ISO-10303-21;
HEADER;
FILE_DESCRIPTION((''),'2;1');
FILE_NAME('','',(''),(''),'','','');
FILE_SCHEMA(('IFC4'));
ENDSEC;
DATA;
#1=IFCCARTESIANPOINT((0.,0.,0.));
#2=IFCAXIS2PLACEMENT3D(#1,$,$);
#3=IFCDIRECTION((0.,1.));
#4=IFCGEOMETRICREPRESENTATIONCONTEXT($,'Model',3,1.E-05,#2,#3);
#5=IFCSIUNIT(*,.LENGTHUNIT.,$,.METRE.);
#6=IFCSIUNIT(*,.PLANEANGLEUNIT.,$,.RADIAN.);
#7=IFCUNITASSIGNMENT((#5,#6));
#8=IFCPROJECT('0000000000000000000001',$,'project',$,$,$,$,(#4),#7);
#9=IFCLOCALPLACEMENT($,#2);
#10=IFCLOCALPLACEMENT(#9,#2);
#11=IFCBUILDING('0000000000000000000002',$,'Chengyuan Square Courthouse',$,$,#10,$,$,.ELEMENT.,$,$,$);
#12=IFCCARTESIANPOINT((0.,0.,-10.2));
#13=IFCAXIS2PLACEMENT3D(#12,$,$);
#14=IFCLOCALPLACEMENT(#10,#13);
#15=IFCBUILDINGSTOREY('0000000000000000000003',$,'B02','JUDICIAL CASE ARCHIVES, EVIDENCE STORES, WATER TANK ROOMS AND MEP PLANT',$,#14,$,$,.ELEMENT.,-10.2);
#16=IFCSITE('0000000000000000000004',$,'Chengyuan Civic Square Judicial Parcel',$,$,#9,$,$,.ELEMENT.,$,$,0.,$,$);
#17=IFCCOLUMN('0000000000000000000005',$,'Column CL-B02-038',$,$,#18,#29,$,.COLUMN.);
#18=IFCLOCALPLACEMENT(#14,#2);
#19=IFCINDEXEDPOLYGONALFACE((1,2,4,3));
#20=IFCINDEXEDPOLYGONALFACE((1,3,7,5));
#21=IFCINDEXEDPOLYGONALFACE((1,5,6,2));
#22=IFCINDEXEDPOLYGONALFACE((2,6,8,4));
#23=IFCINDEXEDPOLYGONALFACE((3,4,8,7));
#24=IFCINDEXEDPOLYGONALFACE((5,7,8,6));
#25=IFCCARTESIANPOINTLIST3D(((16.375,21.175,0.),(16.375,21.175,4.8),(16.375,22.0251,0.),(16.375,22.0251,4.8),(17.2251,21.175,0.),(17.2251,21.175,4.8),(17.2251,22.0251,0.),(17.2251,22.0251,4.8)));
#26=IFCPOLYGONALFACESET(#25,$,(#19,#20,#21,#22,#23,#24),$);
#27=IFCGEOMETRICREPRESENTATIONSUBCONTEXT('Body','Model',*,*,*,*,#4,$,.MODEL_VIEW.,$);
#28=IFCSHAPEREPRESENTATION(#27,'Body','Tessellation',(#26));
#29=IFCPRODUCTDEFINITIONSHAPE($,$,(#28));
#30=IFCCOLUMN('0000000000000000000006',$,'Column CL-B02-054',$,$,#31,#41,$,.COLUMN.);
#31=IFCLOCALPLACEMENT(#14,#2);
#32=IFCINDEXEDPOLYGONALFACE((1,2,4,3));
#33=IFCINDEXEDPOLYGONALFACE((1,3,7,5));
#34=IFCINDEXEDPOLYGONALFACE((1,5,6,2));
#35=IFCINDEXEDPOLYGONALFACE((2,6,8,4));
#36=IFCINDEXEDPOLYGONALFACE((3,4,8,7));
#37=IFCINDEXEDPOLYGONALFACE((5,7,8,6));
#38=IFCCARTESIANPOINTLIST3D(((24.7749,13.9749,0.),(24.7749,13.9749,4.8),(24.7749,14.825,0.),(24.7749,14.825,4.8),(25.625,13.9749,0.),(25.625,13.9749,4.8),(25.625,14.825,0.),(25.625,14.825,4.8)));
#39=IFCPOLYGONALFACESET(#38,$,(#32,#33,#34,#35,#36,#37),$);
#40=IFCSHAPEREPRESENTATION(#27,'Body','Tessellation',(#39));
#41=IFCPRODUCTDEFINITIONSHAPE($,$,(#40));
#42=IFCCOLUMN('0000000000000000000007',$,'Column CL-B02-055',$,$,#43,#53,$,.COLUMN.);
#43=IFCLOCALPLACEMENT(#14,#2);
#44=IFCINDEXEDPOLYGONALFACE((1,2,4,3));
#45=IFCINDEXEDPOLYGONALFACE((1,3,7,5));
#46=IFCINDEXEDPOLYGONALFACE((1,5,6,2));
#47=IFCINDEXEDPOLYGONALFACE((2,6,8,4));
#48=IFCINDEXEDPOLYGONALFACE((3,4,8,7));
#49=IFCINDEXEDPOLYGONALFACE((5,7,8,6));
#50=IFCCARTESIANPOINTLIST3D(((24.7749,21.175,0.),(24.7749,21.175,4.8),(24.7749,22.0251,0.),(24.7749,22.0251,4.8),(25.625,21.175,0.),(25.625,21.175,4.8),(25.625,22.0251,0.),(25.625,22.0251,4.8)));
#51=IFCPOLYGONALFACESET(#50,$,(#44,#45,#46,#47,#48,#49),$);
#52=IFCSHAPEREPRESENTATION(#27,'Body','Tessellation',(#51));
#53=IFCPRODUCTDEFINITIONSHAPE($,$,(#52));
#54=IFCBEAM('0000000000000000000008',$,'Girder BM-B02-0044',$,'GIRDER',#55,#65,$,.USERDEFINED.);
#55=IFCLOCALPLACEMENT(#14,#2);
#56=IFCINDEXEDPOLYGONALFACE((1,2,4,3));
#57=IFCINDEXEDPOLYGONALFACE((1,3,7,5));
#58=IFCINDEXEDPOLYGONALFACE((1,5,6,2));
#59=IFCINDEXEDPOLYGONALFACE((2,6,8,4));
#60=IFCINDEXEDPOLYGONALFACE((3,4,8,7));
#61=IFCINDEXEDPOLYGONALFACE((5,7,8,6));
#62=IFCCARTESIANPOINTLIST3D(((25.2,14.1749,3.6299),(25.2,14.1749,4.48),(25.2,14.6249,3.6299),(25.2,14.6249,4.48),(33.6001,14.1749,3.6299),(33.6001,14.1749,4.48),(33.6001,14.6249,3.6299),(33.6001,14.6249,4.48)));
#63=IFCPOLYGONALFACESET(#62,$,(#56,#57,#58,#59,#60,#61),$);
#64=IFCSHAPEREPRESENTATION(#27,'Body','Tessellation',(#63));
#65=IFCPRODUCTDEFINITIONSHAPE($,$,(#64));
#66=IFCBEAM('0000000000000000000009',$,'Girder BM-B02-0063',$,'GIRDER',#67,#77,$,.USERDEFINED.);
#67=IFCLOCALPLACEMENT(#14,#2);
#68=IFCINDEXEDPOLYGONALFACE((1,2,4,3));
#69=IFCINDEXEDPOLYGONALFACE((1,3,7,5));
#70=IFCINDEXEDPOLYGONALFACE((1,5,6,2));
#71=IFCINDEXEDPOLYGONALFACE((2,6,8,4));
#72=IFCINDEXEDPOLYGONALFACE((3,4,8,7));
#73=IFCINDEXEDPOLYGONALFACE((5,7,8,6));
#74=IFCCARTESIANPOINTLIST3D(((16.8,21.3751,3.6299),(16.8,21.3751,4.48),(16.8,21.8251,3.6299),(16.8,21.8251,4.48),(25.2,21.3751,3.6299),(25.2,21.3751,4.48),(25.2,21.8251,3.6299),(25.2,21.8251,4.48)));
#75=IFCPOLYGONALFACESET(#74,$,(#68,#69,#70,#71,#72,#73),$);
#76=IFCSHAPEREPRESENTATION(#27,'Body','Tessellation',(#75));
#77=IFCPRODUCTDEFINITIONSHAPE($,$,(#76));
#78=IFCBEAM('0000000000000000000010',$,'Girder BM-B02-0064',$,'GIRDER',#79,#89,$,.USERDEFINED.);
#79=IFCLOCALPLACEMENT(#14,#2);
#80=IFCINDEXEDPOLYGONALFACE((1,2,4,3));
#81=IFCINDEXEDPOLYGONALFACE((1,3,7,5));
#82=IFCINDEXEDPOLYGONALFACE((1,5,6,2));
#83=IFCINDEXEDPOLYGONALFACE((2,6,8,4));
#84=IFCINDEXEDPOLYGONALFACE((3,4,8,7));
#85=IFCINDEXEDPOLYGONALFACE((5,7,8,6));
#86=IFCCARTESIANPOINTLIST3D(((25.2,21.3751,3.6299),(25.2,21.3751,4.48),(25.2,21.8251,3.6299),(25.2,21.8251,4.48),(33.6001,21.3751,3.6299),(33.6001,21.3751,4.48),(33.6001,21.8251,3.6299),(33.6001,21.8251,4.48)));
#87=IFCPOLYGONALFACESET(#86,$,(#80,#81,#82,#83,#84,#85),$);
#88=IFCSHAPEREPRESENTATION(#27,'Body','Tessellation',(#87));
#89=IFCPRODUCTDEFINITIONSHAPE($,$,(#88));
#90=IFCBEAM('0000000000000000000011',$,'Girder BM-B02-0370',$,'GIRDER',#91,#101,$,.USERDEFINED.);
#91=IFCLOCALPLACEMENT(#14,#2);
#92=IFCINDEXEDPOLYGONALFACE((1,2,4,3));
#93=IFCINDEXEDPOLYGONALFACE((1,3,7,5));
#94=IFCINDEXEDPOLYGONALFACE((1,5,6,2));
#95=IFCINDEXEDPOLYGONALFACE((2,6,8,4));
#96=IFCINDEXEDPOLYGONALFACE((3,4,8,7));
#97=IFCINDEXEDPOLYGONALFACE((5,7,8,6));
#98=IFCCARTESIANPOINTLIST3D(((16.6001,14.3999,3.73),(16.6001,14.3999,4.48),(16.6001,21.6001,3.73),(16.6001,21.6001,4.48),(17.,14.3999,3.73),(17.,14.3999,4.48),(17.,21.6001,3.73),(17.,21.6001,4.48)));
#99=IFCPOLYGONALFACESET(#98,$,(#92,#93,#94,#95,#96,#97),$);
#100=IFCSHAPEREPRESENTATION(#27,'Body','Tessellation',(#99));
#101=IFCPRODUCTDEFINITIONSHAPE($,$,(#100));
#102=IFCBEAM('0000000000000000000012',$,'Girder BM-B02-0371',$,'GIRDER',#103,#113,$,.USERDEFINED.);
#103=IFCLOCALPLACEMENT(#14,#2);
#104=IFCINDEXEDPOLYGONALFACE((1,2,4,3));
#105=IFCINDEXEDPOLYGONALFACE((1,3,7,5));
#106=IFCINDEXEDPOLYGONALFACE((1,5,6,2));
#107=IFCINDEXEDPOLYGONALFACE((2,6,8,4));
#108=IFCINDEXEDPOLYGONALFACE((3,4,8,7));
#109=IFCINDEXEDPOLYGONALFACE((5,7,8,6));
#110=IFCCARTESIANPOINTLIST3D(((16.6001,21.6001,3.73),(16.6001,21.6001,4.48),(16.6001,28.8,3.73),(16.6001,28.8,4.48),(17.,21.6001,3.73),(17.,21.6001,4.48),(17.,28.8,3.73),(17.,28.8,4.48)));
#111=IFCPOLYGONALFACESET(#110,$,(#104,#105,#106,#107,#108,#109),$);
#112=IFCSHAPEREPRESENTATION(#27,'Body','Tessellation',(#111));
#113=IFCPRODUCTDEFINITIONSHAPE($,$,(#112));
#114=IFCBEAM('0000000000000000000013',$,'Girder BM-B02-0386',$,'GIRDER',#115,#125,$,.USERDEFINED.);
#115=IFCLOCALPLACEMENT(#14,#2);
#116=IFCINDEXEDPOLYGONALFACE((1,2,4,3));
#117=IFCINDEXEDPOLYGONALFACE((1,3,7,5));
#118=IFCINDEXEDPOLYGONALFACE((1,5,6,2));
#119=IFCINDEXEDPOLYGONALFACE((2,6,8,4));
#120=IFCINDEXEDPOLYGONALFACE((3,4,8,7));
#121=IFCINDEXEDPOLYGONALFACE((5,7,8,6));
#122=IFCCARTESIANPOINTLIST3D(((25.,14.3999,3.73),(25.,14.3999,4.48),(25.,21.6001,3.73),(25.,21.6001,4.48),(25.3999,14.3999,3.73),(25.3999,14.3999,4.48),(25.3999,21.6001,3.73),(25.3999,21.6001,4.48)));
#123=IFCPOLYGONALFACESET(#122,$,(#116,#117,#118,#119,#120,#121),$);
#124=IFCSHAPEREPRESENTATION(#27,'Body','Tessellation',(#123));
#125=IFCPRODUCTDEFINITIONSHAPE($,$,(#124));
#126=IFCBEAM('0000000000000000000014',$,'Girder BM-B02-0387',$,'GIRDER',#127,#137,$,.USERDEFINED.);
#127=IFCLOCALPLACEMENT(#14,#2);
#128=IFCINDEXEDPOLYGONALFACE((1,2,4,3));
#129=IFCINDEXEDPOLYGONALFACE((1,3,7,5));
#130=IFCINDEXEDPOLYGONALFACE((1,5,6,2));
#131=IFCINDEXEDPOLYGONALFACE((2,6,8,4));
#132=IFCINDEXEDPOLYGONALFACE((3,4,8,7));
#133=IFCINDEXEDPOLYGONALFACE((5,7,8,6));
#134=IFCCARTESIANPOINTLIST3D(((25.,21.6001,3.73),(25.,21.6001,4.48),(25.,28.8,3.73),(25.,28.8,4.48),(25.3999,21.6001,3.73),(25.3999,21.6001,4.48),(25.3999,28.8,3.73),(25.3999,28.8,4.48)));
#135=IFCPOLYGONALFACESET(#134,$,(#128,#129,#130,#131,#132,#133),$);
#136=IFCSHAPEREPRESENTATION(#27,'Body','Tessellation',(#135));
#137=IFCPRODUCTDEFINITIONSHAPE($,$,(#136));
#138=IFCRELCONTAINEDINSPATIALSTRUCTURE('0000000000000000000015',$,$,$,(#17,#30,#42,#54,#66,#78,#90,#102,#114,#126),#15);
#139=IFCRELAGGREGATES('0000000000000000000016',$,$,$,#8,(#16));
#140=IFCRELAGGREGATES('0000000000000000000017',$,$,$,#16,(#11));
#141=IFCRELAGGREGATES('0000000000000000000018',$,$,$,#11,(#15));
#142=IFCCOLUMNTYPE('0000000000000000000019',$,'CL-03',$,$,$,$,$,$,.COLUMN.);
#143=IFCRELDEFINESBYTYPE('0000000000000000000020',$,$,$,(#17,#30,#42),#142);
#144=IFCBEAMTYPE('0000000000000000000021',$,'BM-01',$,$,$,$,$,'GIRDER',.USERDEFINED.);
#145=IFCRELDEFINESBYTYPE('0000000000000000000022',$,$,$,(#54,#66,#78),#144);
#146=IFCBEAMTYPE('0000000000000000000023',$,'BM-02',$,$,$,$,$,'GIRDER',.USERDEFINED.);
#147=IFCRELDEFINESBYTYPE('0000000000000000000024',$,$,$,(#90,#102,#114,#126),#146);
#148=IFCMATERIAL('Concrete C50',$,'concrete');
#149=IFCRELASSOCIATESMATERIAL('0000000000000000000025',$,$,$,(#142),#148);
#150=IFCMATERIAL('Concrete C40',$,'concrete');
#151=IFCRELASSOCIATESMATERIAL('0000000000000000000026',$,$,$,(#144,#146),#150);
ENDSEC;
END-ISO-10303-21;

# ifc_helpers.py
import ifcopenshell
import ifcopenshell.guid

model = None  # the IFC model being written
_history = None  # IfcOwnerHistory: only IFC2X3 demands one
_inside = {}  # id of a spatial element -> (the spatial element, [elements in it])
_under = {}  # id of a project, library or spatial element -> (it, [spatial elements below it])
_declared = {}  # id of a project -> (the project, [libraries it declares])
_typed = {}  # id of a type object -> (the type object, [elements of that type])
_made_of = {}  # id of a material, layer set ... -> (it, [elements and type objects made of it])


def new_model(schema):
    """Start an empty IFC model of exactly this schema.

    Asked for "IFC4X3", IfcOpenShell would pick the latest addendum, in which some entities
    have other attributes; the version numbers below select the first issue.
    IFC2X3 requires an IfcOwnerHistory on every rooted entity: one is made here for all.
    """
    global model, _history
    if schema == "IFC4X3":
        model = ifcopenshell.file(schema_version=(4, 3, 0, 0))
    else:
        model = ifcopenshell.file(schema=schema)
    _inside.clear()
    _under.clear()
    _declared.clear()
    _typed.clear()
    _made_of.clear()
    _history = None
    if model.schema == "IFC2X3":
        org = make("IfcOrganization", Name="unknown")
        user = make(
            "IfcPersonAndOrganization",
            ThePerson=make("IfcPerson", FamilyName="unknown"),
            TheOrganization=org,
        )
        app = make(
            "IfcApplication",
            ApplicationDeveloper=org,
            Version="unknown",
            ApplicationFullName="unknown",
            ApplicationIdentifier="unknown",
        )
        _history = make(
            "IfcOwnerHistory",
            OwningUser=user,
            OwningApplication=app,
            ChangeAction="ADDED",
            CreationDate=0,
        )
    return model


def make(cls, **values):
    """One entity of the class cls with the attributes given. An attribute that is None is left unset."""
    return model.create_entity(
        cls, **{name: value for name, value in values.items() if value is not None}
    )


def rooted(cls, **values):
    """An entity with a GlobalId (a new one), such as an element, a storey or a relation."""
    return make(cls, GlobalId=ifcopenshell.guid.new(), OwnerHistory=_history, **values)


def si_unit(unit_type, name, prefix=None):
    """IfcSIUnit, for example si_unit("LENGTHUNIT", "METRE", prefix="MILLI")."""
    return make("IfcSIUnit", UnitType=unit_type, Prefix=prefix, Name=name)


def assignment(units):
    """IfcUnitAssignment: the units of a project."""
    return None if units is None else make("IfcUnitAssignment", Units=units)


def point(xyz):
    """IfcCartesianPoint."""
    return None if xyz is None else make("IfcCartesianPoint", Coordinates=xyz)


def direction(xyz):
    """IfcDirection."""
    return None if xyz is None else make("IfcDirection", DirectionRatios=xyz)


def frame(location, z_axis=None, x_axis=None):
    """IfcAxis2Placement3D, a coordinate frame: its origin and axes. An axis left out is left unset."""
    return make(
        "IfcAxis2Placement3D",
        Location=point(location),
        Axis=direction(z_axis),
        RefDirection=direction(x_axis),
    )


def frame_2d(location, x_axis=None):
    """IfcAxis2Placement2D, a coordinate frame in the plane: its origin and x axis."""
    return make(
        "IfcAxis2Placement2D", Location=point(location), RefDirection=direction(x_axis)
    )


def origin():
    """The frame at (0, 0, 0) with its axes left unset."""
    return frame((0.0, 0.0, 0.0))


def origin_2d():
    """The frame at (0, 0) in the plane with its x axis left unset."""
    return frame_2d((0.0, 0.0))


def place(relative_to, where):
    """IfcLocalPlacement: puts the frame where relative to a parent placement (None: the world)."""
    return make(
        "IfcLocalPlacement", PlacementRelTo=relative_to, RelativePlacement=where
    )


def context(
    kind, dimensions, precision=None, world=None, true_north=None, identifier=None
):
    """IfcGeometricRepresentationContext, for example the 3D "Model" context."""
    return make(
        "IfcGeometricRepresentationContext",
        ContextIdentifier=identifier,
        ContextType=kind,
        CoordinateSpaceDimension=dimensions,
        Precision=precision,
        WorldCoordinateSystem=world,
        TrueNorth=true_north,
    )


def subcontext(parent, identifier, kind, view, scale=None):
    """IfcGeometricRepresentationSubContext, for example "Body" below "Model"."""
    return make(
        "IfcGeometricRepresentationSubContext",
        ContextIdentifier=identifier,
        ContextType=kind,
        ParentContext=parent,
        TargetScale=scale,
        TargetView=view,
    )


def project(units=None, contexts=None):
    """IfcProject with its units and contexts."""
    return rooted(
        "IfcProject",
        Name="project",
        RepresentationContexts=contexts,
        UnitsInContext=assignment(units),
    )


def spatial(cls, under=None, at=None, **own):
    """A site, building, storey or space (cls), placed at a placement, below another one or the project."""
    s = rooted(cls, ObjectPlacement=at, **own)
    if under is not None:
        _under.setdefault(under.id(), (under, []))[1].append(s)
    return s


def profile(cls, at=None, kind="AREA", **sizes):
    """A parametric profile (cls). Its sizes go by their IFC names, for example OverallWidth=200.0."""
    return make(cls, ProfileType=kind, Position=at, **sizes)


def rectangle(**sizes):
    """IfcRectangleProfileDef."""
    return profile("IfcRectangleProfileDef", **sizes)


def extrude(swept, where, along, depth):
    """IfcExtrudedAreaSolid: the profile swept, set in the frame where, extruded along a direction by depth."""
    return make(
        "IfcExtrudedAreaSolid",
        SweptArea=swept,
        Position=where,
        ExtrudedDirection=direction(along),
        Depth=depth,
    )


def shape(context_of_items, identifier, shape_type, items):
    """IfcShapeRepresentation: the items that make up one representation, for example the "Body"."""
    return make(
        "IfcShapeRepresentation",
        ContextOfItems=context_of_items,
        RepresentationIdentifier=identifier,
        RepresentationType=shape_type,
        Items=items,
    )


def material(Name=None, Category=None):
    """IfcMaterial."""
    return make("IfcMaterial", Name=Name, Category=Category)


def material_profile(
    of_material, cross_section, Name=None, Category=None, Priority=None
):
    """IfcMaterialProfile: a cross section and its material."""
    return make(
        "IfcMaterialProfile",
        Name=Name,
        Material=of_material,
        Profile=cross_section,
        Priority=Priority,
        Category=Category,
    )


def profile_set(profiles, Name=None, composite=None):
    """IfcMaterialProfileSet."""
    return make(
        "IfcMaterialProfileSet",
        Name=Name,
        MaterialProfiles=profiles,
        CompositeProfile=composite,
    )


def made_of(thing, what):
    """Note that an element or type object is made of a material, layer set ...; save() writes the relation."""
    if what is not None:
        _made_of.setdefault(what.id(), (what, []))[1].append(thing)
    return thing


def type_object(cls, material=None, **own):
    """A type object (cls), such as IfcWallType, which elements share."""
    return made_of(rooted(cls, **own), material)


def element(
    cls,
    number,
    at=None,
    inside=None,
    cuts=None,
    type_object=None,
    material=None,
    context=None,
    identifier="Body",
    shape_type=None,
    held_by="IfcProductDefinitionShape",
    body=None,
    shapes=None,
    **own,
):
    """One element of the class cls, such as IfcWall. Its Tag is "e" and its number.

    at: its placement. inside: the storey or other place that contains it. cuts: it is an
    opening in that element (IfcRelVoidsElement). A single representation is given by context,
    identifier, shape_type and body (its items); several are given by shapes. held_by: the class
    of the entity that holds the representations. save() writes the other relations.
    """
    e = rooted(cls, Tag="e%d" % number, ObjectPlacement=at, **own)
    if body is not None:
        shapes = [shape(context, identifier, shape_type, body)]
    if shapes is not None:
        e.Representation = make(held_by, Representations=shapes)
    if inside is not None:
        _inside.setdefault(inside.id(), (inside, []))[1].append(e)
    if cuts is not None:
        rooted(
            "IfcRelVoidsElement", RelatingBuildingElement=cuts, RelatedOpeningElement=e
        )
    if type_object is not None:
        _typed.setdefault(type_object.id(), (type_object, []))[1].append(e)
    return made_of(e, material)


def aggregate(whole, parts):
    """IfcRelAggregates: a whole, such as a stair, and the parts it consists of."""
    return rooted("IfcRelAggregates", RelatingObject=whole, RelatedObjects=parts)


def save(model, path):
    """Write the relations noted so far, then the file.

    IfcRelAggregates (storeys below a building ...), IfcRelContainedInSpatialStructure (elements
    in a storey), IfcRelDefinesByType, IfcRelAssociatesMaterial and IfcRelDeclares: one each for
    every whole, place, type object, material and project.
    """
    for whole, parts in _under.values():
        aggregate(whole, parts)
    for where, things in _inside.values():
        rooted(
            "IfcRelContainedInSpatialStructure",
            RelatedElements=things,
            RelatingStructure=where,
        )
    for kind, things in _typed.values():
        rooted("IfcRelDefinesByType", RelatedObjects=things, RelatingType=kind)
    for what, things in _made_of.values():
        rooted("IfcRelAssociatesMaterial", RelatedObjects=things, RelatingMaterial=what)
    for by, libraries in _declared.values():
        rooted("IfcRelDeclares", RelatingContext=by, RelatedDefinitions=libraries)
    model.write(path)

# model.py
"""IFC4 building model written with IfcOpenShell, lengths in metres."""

from ifc_helpers import new_model, si_unit, direction, frame, origin, origin_2d, place, context, subcontext, project, spatial, rectangle, extrude, material, material_profile, profile_set, type_object, element, save


model = new_model("IFC4")

# Units and contexts
model_context = context("Model", 3, precision=1e-05, world=origin(), true_north=direction((0.0, 1.0)))
body_context = subcontext(model_context, "Body", "Model", "MODEL_VIEW")
ifc_project = project(units=[si_unit("LENGTHUNIT", "METRE"), si_unit("PLANEANGLEUNIT", "RADIAN")], contexts=[model_context])

# Site, building, storey
site_placement = place(None, origin())
site = spatial("IfcSite", under=ifc_project, at=site_placement, Name="Chengyuan Civic Square Judicial Parcel", CompositionType="ELEMENT", RefElevation=0.0)
building_placement = place(site_placement, origin())
building = spatial("IfcBuilding", under=site, at=building_placement, Name="Chengyuan Square Courthouse", CompositionType="ELEMENT")
storey_placement = place(building_placement, frame((0.0, 0.0, -10.2)))
storey = spatial("IfcBuildingStorey", under=building, at=storey_placement, Name="B02", Description="JUDICIAL CASE ARCHIVES, EVIDENCE STORES, WATER TANK ROOMS AND MEP PLANT", CompositionType="ELEMENT", Elevation=-10.2)

# Shared definitions
ifc_material_1 = material(Name="Concrete C40", Category="concrete")

# Columns
ifc_material_2 = material(Name="Concrete C50", Category="concrete")
ifc_material_profile_1 = material_profile(ifc_material_2, rectangle(XDim=0.8501, YDim=0.8501, at=origin_2d()), Name="RC-COL-850x850")
ifc_profile_set_1 = profile_set([ifc_material_profile_1], Name="Concrete C50")
column_type = type_object("IfcColumnType", Name="CL-03", PredefinedType="COLUMN", material=ifc_profile_set_1)
for number, where, z_axis, x_axis, name in (
    (1, (16.8, 21.6001, 0.0), (0.0, 0.0, 1.0), (1.0, 0.0, 0.0), "Column CL-B02-038"),
    (2, (25.2, 14.3999, 0.0), (0.0, 0.0, 1.0), (1.0, 0.0, 0.0), "Column CL-B02-054"),
    (3, (25.2, 21.6001, 0.0), (0.0, 0.0, 1.0), (1.0, 0.0, 0.0), "Column CL-B02-055"),
):
    element("IfcColumn", number, at=place(storey_placement, frame(where, z_axis=z_axis, x_axis=x_axis)), inside=storey, type_object=column_type, Name=name, PredefinedType="COLUMN", context=body_context, shape_type="SweptSolid", body=[
        extrude(rectangle(XDim=0.8501, YDim=0.8501, at=origin_2d()), origin(), (0.0, 0.0, 1.0), 4.8),
    ])

# Beams
ifc_material_profile_2 = material_profile(ifc_material_1, rectangle(XDim=0.45, YDim=0.8501, at=origin_2d()), Name="RC-BM-450x850")
ifc_profile_set_2 = profile_set([ifc_material_profile_2], Name="Concrete C40")
beam_type_1 = type_object("IfcBeamType", Name="BM-01", ElementType="GIRDER", PredefinedType="USERDEFINED", material=ifc_profile_set_2)
beam_1_placement = place(storey_placement, frame((25.2, 14.3999, 4.0549), z_axis=(1.0, 0.0, 0.0), x_axis=(0.0, 1.0, 0.0)))
element("IfcBeam", 4, at=beam_1_placement, inside=storey, type_object=beam_type_1, Name="Girder BM-B02-0044", ObjectType="GIRDER", PredefinedType="USERDEFINED", context=body_context, shape_type="SweptSolid", body=[
    extrude(rectangle(XDim=0.45, YDim=0.8501, at=origin_2d()), origin(), (0.0, 0.0, 1.0), 8.4001),
])
beam_2_placement = place(storey_placement, frame((16.8, 21.6001, 4.0549), z_axis=(1.0, 0.0, 0.0), x_axis=(0.0, 1.0, 0.0)))
element("IfcBeam", 5, at=beam_2_placement, inside=storey, type_object=beam_type_1, Name="Girder BM-B02-0063", ObjectType="GIRDER", PredefinedType="USERDEFINED", context=body_context, shape_type="SweptSolid", body=[
    extrude(rectangle(XDim=0.45, YDim=0.8501, at=origin_2d()), origin(), (0.0, 0.0, 1.0), 8.3999),
])
beam_3_placement = place(storey_placement, frame((25.2, 21.6001, 4.0549), z_axis=(1.0, 0.0, 0.0), x_axis=(0.0, 1.0, 0.0)))
element("IfcBeam", 6, at=beam_3_placement, inside=storey, type_object=beam_type_1, Name="Girder BM-B02-0064", ObjectType="GIRDER", PredefinedType="USERDEFINED", context=body_context, shape_type="SweptSolid", body=[
    extrude(rectangle(XDim=0.45, YDim=0.8501, at=origin_2d()), origin(), (0.0, 0.0, 1.0), 8.4001),
])
ifc_material_profile_3 = material_profile(ifc_material_1, rectangle(XDim=0.3999, YDim=0.75, at=origin_2d()), Name="RC-BM-400x750")
ifc_profile_set_3 = profile_set([ifc_material_profile_3], Name="Concrete C40")
beam_type_2 = type_object("IfcBeamType", Name="BM-02", ElementType="GIRDER", PredefinedType="USERDEFINED", material=ifc_profile_set_3)
beam_4_placement = place(storey_placement, frame((16.8, 14.3999, 4.105), z_axis=(0.0, 1.0, 0.0), x_axis=(-1.0, 0.0, 0.0)))
element("IfcBeam", 7, at=beam_4_placement, inside=storey, type_object=beam_type_2, Name="Girder BM-B02-0370", ObjectType="GIRDER", PredefinedType="USERDEFINED", context=body_context, shape_type="SweptSolid", body=[
    extrude(rectangle(XDim=0.3999, YDim=0.75, at=origin_2d()), origin(), (0.0, 0.0, 1.0), 7.2002),
])
beam_5_placement = place(storey_placement, frame((16.8, 21.6001, 4.105), z_axis=(0.0, 1.0, 0.0), x_axis=(-1.0, 0.0, 0.0)))
element("IfcBeam", 8, at=beam_5_placement, inside=storey, type_object=beam_type_2, Name="Girder BM-B02-0371", ObjectType="GIRDER", PredefinedType="USERDEFINED", context=body_context, shape_type="SweptSolid", body=[
    extrude(rectangle(XDim=0.3999, YDim=0.75, at=origin_2d()), origin(), (0.0, 0.0, 1.0), 7.2),
])
beam_6_placement = place(storey_placement, frame((25.2, 14.3999, 4.105), z_axis=(0.0, 1.0, 0.0), x_axis=(-1.0, 0.0, 0.0)))
element("IfcBeam", 9, at=beam_6_placement, inside=storey, type_object=beam_type_2, Name="Girder BM-B02-0386", ObjectType="GIRDER", PredefinedType="USERDEFINED", context=body_context, shape_type="SweptSolid", body=[
    extrude(rectangle(XDim=0.3999, YDim=0.75, at=origin_2d()), origin(), (0.0, 0.0, 1.0), 7.2002),
])
beam_7_placement = place(storey_placement, frame((25.2, 21.6001, 4.105), z_axis=(0.0, 1.0, 0.0), x_axis=(-1.0, 0.0, 0.0)))
element("IfcBeam", 10, at=beam_7_placement, inside=storey, type_object=beam_type_2, Name="Girder BM-B02-0387", ObjectType="GIRDER", PredefinedType="USERDEFINED", context=body_context, shape_type="SweptSolid", body=[
    extrude(rectangle(XDim=0.3999, YDim=0.75, at=origin_2d()), origin(), (0.0, 0.0, 1.0), 7.2),
])

save(model, "model.ifc")
